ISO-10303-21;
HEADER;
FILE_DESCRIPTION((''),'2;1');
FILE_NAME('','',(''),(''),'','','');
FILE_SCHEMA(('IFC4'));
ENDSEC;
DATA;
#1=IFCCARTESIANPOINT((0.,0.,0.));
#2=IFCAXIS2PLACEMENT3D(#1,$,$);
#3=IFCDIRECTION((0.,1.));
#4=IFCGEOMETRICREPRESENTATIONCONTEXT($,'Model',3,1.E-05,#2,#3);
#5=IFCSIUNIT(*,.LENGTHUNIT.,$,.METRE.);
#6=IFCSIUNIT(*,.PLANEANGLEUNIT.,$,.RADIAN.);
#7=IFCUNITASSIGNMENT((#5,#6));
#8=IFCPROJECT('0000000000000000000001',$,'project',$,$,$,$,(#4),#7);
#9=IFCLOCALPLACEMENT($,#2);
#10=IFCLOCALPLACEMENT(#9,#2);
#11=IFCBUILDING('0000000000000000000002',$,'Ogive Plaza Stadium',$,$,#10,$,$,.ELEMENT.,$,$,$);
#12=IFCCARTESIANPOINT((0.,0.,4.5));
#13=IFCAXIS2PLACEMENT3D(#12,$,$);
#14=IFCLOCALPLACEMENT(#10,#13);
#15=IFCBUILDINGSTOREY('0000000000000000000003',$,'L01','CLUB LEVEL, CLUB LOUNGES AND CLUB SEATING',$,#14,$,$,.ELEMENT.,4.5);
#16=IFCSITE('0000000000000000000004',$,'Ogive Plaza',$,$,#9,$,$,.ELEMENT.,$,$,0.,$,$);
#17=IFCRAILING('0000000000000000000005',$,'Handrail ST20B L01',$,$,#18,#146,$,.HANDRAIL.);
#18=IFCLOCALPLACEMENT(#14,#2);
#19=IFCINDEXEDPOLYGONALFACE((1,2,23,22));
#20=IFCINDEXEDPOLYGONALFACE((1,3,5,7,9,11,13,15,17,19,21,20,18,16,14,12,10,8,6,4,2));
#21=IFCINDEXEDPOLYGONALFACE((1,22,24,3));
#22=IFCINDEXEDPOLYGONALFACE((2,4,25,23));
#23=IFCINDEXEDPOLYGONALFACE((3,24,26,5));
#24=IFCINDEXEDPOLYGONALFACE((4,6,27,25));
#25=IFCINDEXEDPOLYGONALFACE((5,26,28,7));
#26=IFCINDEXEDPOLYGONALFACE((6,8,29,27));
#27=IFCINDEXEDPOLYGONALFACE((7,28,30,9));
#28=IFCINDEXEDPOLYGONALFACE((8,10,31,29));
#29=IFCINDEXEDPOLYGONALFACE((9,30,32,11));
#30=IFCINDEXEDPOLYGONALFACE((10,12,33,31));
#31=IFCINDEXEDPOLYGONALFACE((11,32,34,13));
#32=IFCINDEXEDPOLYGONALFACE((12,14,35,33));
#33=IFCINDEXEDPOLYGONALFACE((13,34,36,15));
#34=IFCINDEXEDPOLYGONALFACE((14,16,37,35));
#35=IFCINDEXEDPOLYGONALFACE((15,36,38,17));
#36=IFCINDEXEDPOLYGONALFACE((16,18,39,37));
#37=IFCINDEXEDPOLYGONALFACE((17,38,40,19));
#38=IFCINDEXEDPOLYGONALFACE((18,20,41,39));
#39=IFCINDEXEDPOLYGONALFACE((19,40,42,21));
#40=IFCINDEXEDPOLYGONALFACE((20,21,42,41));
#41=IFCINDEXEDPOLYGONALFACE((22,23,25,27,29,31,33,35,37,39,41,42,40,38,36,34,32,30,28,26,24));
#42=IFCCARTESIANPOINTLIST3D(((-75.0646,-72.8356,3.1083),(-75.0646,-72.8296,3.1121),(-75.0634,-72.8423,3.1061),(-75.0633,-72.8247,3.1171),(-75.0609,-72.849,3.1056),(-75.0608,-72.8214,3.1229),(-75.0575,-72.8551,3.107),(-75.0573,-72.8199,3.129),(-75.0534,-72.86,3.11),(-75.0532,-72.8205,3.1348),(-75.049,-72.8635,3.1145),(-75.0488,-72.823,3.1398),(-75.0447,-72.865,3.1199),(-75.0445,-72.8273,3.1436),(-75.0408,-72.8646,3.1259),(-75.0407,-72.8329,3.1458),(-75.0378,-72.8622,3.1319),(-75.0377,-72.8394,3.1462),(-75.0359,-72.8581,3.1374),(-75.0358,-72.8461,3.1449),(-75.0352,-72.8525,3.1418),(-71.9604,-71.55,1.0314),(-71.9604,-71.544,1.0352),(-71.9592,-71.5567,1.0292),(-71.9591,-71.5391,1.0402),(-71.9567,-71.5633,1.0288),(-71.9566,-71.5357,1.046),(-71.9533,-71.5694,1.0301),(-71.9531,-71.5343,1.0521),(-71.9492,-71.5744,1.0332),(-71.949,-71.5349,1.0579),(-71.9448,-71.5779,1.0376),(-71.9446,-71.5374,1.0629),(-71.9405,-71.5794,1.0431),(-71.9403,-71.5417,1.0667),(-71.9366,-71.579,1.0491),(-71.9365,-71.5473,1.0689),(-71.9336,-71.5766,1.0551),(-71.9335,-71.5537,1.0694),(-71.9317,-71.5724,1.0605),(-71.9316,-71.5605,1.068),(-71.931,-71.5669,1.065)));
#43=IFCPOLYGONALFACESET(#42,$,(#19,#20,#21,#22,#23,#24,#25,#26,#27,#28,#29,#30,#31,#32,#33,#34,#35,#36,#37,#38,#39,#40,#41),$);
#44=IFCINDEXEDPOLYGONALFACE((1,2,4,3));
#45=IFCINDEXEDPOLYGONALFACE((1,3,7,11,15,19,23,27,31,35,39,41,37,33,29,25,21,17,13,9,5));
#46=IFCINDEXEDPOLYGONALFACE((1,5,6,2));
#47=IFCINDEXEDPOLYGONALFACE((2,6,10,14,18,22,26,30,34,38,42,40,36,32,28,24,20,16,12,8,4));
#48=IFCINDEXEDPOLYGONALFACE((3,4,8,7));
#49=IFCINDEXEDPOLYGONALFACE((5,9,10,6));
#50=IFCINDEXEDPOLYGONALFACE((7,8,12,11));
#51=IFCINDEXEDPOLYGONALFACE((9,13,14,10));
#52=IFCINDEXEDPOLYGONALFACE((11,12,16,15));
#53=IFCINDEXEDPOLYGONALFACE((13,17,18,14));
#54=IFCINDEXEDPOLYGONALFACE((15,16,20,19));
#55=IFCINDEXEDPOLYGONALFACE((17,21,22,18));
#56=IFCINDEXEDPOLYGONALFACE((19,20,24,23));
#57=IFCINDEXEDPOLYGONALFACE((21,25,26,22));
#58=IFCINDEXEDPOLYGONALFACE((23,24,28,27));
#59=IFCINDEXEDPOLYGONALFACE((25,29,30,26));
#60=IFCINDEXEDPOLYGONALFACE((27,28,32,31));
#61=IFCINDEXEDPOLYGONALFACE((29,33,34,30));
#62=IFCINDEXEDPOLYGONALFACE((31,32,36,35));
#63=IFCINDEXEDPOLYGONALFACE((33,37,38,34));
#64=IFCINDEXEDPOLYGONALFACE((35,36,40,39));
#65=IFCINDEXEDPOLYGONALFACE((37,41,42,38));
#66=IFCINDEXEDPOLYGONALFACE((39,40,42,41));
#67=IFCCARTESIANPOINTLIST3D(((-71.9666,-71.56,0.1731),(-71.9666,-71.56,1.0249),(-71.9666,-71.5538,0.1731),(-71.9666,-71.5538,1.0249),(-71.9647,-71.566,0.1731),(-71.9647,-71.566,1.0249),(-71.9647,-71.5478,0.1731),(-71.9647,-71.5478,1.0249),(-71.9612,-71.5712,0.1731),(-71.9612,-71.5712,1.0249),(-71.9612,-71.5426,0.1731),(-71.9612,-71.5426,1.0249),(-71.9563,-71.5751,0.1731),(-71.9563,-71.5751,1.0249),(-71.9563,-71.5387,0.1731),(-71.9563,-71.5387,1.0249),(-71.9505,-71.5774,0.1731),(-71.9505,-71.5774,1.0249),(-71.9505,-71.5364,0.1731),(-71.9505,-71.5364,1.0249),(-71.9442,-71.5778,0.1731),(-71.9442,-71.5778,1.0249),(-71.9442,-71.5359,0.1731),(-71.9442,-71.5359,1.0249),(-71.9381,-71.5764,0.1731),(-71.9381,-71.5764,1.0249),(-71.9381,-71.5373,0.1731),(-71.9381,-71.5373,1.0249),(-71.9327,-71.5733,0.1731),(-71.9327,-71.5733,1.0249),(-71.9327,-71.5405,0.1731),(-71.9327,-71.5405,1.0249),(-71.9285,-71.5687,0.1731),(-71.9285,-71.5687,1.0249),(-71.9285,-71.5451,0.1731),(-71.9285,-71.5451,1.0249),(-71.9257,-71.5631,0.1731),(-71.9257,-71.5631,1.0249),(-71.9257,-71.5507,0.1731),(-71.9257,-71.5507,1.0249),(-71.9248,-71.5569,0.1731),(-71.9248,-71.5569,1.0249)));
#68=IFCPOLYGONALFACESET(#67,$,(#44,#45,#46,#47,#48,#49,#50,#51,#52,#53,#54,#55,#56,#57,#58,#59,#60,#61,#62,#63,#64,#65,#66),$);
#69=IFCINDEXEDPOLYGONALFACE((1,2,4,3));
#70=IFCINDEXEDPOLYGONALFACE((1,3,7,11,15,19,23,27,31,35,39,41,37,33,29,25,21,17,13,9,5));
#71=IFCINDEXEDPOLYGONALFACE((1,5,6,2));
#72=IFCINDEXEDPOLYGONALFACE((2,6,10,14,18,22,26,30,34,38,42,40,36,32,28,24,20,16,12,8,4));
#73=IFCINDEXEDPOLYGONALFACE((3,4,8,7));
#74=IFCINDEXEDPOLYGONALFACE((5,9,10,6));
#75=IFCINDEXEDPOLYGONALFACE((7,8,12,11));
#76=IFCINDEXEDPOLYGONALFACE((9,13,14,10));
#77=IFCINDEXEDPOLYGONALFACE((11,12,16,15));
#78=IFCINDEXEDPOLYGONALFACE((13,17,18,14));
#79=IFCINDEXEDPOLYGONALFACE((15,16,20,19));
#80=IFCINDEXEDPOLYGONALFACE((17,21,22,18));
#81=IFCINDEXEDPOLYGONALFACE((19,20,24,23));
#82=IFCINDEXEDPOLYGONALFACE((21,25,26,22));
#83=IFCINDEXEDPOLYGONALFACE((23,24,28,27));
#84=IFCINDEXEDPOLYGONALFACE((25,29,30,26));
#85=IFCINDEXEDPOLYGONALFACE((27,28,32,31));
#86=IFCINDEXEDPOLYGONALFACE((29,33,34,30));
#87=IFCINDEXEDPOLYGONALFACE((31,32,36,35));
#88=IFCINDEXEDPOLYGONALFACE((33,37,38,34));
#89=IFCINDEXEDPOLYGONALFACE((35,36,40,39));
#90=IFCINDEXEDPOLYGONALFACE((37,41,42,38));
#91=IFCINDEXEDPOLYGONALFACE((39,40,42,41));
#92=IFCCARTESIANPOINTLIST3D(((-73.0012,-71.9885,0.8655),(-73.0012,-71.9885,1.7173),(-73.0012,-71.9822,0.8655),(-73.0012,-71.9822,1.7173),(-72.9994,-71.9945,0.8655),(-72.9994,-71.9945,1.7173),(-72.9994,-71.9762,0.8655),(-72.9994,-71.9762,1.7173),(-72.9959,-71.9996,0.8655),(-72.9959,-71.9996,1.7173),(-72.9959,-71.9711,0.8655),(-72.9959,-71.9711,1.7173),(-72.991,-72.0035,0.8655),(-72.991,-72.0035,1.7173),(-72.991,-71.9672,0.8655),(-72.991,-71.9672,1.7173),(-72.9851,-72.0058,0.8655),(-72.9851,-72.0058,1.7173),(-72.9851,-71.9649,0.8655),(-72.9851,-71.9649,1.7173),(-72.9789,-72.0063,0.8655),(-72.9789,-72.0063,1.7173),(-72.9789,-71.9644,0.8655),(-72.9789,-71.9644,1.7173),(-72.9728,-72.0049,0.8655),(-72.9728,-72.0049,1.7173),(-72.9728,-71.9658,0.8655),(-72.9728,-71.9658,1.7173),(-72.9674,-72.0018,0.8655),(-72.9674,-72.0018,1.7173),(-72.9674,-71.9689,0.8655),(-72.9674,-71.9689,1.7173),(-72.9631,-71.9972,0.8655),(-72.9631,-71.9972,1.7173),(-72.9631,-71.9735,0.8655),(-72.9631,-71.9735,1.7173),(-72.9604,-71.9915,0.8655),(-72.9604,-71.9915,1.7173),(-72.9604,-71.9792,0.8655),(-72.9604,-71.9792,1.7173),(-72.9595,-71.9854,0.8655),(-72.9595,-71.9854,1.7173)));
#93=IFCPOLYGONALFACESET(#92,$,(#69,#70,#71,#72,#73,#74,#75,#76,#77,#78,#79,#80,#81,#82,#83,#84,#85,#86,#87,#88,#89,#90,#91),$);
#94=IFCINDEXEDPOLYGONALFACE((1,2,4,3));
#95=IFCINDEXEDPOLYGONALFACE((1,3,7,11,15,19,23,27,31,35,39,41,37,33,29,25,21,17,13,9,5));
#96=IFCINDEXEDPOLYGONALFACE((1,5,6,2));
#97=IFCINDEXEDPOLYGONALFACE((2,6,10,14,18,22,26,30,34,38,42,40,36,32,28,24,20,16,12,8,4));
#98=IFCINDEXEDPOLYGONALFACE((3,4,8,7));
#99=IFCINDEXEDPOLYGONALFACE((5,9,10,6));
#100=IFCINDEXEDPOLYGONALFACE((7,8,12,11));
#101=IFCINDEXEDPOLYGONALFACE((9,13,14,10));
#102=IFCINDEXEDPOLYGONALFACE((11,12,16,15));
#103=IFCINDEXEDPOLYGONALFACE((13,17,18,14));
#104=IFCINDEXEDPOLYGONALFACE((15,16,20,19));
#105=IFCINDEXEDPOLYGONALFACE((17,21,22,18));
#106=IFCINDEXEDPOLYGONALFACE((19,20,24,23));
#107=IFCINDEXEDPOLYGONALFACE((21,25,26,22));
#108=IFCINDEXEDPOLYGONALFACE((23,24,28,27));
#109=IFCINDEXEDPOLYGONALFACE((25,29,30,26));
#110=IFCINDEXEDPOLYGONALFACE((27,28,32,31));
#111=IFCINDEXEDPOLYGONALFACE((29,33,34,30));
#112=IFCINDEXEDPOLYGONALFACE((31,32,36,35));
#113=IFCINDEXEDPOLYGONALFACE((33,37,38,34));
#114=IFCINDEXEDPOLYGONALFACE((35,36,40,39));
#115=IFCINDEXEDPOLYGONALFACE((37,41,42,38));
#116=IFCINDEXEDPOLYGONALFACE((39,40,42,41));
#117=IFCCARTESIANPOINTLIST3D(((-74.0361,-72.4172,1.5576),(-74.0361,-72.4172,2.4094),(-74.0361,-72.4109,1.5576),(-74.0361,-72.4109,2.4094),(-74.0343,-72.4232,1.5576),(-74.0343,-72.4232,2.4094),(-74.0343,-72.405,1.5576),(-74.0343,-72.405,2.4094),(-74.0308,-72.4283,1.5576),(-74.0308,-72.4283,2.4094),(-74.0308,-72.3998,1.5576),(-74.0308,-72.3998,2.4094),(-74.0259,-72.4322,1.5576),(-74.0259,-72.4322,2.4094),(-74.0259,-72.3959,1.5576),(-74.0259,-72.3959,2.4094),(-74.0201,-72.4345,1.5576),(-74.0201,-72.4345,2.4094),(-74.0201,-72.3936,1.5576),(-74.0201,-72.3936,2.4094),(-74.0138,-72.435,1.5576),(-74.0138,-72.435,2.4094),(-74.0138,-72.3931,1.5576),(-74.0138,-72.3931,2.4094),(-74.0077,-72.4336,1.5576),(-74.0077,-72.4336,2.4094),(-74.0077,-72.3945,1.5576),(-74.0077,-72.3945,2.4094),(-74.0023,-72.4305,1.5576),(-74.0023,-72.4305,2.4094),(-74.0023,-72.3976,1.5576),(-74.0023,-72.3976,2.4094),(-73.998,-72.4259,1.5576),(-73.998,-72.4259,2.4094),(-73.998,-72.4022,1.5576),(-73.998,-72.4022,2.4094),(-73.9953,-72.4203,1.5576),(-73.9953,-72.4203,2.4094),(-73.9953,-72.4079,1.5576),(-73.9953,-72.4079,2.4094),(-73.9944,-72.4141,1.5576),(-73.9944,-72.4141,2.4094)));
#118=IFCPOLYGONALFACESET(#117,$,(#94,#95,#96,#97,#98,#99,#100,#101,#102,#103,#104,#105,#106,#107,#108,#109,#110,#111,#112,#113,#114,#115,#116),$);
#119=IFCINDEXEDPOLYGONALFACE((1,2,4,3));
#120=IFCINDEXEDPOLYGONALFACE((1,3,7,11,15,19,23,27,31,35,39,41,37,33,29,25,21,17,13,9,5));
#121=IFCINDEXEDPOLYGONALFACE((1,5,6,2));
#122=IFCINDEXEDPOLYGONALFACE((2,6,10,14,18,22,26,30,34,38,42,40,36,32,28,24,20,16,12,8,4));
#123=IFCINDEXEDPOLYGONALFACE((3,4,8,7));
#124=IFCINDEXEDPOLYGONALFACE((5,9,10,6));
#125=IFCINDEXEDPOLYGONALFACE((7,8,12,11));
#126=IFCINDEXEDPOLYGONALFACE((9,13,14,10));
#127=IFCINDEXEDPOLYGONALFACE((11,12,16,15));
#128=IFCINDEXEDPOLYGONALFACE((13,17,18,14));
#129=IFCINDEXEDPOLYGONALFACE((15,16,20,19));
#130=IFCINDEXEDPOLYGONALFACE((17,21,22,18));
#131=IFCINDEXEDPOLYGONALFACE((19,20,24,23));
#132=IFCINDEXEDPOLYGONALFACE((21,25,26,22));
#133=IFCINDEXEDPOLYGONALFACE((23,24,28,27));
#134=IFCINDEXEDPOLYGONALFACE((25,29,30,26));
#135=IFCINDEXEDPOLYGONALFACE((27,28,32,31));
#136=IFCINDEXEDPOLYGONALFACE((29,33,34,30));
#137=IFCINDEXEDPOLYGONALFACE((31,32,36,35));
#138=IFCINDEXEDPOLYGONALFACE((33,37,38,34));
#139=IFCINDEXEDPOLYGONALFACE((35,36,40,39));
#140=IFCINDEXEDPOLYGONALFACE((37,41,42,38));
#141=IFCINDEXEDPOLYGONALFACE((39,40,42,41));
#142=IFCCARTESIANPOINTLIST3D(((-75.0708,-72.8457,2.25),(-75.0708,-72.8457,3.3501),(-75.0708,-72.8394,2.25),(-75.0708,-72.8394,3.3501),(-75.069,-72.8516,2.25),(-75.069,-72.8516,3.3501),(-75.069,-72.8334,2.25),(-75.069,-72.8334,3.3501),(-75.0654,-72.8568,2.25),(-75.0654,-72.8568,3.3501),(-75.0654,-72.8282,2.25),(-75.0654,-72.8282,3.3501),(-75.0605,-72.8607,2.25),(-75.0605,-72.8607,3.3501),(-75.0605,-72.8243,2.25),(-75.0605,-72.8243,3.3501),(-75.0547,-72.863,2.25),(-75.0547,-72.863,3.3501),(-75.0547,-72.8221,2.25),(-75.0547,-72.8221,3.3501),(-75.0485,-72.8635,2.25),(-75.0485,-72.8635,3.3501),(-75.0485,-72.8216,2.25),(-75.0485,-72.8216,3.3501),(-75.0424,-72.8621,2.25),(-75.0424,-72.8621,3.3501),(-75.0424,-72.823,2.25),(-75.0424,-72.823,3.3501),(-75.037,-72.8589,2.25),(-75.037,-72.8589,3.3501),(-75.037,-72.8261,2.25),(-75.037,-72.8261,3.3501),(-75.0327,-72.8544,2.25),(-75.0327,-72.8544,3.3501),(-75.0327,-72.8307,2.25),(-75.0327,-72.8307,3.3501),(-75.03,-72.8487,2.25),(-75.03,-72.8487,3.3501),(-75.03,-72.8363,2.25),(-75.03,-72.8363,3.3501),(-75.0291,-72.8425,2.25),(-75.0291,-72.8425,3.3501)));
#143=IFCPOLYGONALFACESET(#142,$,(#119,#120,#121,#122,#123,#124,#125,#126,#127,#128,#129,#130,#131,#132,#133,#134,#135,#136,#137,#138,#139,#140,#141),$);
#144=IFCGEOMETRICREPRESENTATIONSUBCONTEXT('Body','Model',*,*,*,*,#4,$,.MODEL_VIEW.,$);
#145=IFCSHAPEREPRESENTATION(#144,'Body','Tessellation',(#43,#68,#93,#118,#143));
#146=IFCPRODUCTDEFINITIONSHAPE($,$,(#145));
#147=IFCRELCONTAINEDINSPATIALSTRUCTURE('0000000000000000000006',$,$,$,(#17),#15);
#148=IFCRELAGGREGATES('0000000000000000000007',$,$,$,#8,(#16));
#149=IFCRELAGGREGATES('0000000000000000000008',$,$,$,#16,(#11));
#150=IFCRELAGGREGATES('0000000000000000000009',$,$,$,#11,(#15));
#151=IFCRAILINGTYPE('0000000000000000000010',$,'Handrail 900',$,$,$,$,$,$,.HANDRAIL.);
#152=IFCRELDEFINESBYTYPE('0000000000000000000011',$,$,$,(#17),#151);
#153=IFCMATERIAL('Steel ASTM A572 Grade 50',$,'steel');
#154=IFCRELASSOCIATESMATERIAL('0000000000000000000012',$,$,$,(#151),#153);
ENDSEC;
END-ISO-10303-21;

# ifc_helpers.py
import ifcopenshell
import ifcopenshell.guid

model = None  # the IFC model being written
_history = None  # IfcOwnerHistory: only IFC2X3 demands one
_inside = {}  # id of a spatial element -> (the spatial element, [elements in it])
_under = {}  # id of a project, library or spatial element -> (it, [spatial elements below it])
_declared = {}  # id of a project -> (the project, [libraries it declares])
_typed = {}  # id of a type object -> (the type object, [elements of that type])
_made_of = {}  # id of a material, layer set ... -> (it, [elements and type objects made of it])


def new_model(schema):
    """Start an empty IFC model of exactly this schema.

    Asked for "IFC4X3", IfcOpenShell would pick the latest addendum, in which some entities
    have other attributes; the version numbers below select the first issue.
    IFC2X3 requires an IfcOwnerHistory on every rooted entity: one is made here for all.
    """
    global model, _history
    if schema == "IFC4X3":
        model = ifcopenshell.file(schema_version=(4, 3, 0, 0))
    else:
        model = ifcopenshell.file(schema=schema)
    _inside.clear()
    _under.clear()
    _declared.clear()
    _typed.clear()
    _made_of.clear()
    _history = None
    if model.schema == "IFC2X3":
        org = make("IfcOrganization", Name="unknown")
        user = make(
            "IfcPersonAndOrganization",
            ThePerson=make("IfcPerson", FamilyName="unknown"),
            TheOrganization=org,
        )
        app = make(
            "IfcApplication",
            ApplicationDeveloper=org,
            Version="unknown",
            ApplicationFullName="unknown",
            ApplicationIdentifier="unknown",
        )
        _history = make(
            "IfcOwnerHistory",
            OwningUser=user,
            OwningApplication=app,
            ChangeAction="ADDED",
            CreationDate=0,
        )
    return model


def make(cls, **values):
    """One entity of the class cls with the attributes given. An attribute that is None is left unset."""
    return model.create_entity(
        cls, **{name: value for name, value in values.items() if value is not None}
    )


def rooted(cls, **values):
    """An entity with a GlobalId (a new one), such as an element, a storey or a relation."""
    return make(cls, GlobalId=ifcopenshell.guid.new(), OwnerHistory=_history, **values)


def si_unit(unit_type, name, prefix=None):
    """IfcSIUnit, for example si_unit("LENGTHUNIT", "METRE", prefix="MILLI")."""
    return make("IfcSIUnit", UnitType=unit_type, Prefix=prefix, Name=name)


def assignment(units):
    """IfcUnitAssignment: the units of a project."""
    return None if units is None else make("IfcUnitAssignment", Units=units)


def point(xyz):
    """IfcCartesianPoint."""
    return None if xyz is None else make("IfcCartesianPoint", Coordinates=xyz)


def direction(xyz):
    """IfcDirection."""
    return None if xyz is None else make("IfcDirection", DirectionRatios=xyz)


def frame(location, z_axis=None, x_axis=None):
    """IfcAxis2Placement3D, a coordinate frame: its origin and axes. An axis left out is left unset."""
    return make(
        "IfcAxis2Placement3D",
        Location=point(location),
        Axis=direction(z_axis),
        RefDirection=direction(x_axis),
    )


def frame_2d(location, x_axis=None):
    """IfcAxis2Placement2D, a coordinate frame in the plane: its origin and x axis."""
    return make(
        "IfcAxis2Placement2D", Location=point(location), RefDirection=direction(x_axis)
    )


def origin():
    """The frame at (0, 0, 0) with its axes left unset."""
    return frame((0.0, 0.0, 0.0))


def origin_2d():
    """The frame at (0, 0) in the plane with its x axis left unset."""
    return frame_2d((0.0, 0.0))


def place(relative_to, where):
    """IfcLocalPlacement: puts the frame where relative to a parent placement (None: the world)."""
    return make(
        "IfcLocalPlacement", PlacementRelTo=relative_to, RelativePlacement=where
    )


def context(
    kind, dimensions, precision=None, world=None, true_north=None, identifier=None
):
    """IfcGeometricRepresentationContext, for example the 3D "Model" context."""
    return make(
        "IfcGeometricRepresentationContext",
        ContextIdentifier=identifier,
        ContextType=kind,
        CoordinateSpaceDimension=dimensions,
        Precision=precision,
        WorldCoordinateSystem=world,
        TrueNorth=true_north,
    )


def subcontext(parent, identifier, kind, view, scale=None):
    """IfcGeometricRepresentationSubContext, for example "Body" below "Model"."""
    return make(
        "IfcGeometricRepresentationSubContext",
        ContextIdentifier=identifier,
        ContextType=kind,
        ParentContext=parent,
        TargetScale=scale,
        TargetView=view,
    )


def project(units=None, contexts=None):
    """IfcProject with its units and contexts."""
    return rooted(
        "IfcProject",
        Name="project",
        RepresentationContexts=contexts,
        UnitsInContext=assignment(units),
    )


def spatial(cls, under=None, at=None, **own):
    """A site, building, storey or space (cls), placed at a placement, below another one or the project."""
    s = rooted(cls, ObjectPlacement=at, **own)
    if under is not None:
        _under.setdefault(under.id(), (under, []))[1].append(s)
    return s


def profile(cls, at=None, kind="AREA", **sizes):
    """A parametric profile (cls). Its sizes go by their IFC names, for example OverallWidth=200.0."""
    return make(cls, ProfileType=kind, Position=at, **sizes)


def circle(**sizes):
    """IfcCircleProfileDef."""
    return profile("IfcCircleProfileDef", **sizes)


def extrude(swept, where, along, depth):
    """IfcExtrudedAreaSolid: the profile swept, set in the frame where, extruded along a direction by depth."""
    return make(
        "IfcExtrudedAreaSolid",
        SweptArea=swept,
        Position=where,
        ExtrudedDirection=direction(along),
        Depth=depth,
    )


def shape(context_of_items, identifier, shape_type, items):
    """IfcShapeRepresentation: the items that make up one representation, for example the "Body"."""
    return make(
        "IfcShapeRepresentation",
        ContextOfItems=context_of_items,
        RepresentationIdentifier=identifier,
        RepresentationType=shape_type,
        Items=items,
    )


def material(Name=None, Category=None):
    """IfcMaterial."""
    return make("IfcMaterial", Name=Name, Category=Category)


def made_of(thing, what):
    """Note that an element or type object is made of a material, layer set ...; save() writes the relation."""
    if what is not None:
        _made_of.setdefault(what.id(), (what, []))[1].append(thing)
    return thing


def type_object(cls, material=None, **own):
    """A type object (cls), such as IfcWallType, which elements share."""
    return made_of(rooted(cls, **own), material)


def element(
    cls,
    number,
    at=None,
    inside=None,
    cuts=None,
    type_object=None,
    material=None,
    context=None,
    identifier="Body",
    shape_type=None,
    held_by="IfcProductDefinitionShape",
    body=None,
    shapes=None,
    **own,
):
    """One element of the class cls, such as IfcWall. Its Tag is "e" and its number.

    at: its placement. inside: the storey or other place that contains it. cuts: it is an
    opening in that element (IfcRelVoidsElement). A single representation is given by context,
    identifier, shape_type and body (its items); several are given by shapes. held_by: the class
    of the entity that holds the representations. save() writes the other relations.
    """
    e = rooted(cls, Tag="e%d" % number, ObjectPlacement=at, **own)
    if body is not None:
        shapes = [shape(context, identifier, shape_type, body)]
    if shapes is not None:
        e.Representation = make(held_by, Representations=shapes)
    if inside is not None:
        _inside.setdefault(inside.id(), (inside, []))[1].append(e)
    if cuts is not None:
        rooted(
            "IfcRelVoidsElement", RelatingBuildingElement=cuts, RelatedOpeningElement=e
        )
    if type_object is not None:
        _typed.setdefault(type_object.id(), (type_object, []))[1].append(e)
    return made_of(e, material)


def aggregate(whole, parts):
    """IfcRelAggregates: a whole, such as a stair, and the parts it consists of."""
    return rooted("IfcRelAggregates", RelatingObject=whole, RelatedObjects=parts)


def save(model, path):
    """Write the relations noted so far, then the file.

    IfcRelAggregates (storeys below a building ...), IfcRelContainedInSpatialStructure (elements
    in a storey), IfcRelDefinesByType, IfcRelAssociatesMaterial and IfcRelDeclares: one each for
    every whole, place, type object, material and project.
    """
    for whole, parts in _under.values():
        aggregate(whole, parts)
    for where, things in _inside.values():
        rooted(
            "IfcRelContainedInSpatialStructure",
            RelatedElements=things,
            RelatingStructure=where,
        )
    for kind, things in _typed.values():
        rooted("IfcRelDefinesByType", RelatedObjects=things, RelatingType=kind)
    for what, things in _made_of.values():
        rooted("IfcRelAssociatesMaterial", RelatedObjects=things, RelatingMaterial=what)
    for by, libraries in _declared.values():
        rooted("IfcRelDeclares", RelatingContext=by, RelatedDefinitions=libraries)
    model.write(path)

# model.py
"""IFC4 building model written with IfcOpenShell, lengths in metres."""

from ifc_helpers import new_model, si_unit, direction, frame, origin, origin_2d, place, context, subcontext, project, spatial, circle, extrude, material, type_object, element, save


model = new_model("IFC4")

# Units and contexts
model_context = context("Model", 3, precision=1e-05, world=origin(), true_north=direction((0.0, 1.0)))
body_context = subcontext(model_context, "Body", "Model", "MODEL_VIEW")
ifc_project = project(units=[si_unit("LENGTHUNIT", "METRE"), si_unit("PLANEANGLEUNIT", "RADIAN")], contexts=[model_context])

# Site, building, storey
site_placement = place(None, origin())
site = spatial("IfcSite", under=ifc_project, at=site_placement, Name="Ogive Plaza", CompositionType="ELEMENT", RefElevation=0.0)
building_placement = place(site_placement, origin())
building = spatial("IfcBuilding", under=site, at=building_placement, Name="Ogive Plaza Stadium", CompositionType="ELEMENT")
storey_placement = place(building_placement, frame((0.0, 0.0, 4.5)))
storey = spatial("IfcBuildingStorey", under=building, at=storey_placement, Name="L01", Description="CLUB LEVEL, CLUB LOUNGES AND CLUB SEATING", CompositionType="ELEMENT", Elevation=4.5)

# Railing
ifc_material_1 = material(Name="Steel ASTM A572 Grade 50", Category="steel")
railing_type_1 = type_object("IfcRailingType", Name="Handrail 900", PredefinedType="HANDRAIL", material=ifc_material_1)
railing_1_placement = place(storey_placement, frame((-71.9458, -71.5569, 0.1731)))
element("IfcRailing", 1, at=railing_1_placement, inside=storey, type_object=railing_type_1, Name="Handrail ST20B L01", PredefinedType="HANDRAIL", context=body_context, shape_type="SweptSolid", body=[
    extrude(circle(Radius=0.0239, at=origin_2d()), frame((0.0, 0.0, 0.876), z_axis=(-0.785879, -0.325477, 0.525794), x_axis=(0.382638, -0.923898, 0.0)), (0.0, 0.0, 1.0), 3.95),
    extrude(circle(Radius=0.021, at=origin_2d()), origin(), (0.0, 0.0, 1.0), 0.8518),
    extrude(circle(Radius=0.021, at=origin_2d()), frame((-1.0347, -0.4285, 0.6924)), (0.0, 0.0, 1.0), 0.8518),
    extrude(circle(Radius=0.021, at=origin_2d()), frame((-2.0696, -0.8572, 1.3845)), (0.0, 0.0, 1.0), 0.8518),
    extrude(circle(Radius=0.021, at=origin_2d()), frame((-3.1042, -1.2856, 2.0769)), (0.0, 0.0, 1.0), 1.1001),
])

save(model, "model.ifc")
